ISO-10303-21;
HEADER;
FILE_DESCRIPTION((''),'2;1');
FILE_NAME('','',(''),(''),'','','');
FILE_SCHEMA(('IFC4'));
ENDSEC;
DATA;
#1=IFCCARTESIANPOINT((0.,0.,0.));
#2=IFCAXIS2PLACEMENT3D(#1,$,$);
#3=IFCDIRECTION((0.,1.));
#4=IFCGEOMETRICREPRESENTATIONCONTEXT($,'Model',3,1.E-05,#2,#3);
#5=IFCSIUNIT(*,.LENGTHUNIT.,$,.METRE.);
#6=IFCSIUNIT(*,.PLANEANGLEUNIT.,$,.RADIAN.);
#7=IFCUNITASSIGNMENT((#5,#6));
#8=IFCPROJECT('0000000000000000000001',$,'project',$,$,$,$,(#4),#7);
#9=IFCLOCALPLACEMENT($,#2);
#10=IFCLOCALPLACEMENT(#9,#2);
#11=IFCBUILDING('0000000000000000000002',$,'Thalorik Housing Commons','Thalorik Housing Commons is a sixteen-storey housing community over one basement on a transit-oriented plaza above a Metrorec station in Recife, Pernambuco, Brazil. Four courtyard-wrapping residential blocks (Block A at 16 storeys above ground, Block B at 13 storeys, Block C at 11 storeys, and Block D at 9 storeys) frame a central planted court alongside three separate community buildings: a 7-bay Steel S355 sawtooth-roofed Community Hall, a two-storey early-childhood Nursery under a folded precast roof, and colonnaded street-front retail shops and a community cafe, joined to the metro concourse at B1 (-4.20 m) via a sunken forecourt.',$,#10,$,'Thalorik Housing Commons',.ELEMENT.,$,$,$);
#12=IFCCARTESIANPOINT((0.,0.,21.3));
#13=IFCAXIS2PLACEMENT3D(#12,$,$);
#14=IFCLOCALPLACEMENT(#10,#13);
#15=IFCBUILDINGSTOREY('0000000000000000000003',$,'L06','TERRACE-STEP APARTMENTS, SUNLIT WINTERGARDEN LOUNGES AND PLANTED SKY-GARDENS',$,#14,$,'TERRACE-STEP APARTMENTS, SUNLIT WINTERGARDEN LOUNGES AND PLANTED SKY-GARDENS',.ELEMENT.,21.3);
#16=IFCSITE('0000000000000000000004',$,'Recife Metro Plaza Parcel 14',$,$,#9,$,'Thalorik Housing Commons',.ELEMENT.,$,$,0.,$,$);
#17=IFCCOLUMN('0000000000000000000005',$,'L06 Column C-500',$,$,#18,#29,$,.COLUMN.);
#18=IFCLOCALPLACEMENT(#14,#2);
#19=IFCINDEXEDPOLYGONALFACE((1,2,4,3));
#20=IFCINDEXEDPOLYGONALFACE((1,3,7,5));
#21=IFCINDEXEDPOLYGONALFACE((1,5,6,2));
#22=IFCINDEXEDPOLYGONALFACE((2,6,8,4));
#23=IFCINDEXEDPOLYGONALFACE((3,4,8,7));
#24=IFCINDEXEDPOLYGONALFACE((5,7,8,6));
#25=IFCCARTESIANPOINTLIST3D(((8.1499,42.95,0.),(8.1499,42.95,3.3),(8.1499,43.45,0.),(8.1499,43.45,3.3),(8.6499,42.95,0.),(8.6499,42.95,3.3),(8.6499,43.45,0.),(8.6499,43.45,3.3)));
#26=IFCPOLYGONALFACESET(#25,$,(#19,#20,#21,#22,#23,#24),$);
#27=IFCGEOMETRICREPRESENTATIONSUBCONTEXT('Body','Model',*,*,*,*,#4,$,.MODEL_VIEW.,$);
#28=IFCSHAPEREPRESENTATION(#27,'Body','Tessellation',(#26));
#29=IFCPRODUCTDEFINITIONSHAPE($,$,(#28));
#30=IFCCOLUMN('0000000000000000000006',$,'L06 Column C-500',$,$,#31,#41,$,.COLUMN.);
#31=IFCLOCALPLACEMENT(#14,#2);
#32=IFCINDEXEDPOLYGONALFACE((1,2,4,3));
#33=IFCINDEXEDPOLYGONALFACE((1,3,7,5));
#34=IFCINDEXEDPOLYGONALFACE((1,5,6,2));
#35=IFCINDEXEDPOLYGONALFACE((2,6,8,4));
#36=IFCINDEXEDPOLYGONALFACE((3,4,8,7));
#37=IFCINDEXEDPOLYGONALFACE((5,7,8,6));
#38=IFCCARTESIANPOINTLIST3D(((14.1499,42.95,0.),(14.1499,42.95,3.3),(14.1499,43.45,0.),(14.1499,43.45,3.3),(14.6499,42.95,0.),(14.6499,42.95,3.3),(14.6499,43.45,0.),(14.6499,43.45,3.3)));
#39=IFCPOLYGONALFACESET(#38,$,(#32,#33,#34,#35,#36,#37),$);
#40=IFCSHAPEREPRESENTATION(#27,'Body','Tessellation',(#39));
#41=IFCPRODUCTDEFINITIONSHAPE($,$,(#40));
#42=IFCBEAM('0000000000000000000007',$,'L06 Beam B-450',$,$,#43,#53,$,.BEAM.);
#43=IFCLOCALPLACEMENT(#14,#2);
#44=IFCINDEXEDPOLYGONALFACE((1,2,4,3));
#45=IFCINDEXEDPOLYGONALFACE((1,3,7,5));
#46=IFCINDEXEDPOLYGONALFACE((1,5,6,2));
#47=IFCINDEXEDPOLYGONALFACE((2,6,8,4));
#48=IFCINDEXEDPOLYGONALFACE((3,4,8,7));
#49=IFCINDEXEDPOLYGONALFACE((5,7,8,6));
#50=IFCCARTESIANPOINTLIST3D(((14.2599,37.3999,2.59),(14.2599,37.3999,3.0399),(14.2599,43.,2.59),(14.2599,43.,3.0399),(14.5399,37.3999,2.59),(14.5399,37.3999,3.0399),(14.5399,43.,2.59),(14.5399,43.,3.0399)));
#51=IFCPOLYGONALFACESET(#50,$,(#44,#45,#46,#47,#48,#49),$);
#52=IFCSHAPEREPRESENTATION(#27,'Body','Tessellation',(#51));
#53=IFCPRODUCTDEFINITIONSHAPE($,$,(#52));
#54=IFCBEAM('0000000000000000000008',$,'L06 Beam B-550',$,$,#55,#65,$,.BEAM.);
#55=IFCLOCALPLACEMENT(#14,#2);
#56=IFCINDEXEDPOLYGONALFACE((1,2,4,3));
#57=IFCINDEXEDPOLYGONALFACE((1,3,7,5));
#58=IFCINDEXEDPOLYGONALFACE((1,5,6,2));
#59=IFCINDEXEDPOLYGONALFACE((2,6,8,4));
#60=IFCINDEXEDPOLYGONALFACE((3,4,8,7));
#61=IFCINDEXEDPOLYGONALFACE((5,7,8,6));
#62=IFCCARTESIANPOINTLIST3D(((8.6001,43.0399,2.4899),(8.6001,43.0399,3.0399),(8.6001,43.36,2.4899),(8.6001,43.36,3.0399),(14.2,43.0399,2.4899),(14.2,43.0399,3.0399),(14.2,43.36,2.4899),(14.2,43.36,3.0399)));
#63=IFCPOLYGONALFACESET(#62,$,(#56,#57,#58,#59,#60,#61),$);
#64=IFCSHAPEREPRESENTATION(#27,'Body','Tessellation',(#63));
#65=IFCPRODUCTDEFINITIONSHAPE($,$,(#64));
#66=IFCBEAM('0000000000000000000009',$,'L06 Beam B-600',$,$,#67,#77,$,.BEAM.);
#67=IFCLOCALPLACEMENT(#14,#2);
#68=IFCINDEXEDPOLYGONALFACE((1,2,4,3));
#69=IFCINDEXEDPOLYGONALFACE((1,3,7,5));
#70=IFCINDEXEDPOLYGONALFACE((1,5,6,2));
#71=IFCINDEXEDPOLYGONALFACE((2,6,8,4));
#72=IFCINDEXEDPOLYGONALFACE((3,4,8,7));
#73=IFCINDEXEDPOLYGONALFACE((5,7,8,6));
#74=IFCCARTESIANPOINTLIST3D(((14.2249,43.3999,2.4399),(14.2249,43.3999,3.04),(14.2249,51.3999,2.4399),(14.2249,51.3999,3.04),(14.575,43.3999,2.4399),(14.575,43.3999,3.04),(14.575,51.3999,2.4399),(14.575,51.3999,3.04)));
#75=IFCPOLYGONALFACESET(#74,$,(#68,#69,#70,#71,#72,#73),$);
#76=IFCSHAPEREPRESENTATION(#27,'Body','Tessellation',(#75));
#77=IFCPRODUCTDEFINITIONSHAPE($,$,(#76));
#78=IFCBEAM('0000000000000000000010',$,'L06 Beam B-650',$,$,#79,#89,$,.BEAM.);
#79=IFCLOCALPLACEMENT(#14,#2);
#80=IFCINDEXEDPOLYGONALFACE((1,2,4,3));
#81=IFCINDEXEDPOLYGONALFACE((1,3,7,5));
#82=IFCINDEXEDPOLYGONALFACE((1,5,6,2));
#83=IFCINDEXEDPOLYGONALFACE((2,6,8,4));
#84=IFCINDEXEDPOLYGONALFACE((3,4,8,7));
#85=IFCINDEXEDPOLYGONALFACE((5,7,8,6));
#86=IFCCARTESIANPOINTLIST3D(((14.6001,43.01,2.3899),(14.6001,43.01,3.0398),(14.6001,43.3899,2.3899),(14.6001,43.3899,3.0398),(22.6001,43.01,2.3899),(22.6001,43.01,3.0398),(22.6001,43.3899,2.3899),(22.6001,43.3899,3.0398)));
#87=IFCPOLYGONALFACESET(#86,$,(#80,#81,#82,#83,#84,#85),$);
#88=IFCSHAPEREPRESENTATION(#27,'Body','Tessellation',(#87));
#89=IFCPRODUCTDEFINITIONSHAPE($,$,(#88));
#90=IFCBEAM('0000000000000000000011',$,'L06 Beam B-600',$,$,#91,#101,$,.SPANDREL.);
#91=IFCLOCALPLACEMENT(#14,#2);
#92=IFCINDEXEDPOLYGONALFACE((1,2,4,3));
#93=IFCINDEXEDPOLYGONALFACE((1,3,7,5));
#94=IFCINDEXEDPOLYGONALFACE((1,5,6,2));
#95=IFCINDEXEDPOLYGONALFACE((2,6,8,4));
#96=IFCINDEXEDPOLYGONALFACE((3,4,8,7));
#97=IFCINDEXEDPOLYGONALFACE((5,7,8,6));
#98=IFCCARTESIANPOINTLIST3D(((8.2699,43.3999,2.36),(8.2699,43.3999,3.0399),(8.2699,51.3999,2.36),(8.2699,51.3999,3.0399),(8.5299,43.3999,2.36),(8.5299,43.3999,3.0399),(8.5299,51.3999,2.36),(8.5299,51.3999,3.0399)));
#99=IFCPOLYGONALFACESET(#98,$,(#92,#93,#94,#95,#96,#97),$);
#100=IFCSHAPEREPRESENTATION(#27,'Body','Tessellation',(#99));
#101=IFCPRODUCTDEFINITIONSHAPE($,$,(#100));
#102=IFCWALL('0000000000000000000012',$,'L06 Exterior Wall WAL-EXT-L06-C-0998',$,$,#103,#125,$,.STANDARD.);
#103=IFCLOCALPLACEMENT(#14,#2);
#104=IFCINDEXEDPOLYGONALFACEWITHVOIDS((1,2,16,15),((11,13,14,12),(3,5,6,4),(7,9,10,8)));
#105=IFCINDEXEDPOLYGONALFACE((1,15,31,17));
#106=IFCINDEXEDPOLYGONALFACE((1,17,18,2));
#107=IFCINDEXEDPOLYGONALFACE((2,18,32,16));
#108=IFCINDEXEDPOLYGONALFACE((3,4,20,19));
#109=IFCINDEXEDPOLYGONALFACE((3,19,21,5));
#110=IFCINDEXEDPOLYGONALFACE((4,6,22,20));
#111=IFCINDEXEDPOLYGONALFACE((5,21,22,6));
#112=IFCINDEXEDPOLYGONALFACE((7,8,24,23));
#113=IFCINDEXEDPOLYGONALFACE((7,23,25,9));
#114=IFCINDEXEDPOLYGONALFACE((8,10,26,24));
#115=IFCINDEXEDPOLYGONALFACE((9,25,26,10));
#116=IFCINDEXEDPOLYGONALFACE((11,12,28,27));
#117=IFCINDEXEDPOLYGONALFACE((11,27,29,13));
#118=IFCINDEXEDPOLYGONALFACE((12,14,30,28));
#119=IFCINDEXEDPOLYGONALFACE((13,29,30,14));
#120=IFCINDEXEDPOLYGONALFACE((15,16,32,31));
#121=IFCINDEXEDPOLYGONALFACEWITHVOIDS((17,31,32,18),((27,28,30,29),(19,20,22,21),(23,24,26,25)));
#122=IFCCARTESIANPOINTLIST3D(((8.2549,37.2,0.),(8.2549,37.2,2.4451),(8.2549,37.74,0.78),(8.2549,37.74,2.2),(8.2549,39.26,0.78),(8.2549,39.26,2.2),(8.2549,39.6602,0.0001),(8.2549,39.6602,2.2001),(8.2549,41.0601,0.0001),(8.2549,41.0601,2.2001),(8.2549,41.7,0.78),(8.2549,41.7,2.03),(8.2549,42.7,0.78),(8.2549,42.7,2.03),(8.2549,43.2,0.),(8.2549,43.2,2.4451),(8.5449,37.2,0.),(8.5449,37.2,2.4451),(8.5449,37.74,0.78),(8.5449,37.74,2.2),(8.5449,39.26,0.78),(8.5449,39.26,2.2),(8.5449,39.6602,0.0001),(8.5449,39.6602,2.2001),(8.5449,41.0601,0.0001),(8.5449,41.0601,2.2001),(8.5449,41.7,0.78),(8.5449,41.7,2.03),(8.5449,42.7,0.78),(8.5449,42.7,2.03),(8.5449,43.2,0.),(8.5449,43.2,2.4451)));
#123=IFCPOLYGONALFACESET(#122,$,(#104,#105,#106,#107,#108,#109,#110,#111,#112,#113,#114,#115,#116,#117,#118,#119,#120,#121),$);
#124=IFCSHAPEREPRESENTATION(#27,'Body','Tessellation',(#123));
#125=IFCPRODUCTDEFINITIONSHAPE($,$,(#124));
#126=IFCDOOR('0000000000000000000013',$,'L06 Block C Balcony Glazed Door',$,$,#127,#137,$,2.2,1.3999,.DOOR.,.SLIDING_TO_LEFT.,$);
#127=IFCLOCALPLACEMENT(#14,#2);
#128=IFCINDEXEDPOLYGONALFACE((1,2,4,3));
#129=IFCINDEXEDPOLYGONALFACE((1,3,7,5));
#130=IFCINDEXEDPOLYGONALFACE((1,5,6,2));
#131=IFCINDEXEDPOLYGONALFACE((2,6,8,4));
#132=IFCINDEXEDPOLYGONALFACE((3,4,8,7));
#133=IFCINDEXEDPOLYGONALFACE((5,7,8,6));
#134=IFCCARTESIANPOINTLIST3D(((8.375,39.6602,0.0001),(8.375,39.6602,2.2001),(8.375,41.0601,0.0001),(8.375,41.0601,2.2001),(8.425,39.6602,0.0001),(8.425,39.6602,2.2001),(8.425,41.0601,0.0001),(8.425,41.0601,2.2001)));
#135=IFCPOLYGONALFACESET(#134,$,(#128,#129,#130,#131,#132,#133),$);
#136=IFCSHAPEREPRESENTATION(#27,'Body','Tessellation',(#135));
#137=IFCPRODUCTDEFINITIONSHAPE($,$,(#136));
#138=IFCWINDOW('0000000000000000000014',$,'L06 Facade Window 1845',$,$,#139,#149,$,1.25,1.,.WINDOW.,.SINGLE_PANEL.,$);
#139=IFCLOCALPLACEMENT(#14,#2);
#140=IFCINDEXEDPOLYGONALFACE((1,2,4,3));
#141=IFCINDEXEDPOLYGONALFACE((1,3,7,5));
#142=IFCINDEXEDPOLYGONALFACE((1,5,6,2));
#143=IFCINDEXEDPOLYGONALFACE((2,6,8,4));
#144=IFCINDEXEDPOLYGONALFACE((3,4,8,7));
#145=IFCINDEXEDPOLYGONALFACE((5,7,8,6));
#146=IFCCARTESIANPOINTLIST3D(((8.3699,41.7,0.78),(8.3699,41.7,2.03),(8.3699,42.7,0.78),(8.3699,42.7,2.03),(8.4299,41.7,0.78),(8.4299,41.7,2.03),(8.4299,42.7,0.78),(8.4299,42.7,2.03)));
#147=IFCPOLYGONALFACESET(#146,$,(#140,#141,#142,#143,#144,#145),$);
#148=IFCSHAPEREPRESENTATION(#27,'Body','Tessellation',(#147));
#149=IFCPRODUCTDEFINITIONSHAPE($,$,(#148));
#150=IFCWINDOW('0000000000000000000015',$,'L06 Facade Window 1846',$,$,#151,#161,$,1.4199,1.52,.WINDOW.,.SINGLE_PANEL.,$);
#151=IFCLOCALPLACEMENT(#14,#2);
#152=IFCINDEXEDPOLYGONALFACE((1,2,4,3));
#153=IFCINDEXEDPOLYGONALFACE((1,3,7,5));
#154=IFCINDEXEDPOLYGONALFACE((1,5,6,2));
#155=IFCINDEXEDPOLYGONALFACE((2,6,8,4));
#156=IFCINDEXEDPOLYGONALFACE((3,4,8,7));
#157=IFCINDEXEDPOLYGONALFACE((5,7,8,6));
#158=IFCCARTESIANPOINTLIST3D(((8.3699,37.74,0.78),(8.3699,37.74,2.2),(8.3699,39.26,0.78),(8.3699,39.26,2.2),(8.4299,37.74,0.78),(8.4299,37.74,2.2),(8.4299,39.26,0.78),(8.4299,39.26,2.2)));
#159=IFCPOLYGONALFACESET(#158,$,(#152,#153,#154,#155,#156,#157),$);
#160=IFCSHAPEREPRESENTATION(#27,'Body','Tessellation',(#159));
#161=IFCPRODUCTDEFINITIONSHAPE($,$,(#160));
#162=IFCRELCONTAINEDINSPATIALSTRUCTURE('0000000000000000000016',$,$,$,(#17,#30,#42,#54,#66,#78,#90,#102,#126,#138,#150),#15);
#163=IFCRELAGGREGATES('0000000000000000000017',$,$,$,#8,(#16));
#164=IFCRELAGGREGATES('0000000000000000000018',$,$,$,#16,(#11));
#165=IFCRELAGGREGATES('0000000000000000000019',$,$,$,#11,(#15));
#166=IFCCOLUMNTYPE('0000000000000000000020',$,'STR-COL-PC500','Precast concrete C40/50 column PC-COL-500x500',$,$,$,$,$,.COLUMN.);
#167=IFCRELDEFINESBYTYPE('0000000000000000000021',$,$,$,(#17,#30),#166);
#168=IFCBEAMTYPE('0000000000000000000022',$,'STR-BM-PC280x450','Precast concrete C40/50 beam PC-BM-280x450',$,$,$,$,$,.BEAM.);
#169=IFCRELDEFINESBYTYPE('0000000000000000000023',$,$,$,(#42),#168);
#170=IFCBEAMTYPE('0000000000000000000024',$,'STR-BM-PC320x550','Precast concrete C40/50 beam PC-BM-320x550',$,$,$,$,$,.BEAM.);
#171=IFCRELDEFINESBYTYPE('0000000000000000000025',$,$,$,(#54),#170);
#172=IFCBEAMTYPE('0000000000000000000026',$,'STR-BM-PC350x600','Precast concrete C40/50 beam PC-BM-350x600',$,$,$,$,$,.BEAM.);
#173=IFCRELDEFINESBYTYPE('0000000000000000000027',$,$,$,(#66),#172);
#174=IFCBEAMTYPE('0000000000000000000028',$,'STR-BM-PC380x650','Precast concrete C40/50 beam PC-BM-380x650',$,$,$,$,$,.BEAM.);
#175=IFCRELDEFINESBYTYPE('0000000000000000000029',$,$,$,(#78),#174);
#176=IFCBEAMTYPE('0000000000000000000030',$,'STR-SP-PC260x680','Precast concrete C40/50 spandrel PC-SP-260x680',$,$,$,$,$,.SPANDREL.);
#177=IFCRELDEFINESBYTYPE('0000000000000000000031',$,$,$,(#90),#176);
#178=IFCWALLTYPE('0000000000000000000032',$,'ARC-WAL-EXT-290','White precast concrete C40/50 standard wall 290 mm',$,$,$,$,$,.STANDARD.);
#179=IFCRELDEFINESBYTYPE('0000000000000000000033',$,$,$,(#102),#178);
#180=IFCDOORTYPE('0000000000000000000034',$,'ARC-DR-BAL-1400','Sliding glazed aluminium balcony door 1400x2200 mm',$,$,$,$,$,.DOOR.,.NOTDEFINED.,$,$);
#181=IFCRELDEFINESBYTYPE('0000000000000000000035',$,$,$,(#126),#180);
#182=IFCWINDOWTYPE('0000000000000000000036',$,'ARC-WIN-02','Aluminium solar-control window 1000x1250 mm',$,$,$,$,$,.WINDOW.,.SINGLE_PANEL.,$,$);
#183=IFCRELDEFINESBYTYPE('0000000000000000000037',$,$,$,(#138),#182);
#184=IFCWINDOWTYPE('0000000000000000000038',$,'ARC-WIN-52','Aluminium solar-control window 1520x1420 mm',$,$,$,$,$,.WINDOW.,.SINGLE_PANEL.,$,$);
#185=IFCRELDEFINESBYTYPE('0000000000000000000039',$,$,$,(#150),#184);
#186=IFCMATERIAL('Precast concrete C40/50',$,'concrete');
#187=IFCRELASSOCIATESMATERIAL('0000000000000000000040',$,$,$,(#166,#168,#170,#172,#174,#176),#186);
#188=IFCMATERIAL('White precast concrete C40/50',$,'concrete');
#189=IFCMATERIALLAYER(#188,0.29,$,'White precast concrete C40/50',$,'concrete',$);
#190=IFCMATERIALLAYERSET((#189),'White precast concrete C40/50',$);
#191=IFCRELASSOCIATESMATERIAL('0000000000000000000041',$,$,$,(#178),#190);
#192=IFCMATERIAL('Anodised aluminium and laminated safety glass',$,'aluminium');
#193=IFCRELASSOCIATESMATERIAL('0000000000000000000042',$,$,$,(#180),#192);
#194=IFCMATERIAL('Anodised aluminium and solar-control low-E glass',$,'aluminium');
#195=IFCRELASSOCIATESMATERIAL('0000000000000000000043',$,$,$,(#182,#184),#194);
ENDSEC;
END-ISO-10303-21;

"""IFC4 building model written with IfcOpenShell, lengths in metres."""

from ifc_helpers import new_model, si_unit, direction, frame, frame_2d, origin, origin_2d, place, context, subcontext, project, spatial, rectangle, extrude, material, layer, layer_set, material_profile, profile_set, type_object, element, fill, save


model = new_model("IFC4")

# Units and contexts
model_context = context("Model", 3, precision=1e-05, world=origin(), true_north=direction((0.0, 1.0)))
body_context = subcontext(model_context, "Body", "Model", "MODEL_VIEW")
ifc_project = project(units=[si_unit("LENGTHUNIT", "METRE"), si_unit("PLANEANGLEUNIT", "RADIAN")], contexts=[model_context])

# Site, building, storey
site_placement = place(None, origin())
site = spatial("IfcSite", under=ifc_project, at=site_placement, Name="Recife Metro Plaza Parcel 14", LongName="Thalorik Housing Commons", CompositionType="ELEMENT", RefElevation=0.0)
building_placement = place(site_placement, origin())
building = spatial("IfcBuilding", under=site, at=building_placement, Name="Thalorik Housing Commons", Description="Thalorik Housing Commons is a sixteen-storey housing community over one basement on a transit-oriented plaza above a Metrorec station in Recife, Pernambuco, Brazil. Four courtyard-wrapping residential blocks (Block A at 16 storeys above ground, Block B at 13 storeys, Block C at 11 storeys, and Block D at 9 storeys) frame a central planted court alongside three separate community buildings: a 7-bay Steel S355 sawtooth-roofed Community Hall, a two-storey early-childhood Nursery under a folded precast roof, and colonnaded street-front retail shops and a community cafe, joined to the metro concourse at B1 (-4.20 m) via a sunken forecourt.", LongName="Thalorik Housing Commons", CompositionType="ELEMENT")
storey_placement = place(building_placement, frame((0.0, 0.0, 21.3)))
storey = spatial("IfcBuildingStorey", under=building, at=storey_placement, Name="L06", Description="TERRACE-STEP APARTMENTS, SUNLIT WINTERGARDEN LOUNGES AND PLANTED SKY-GARDENS", LongName="TERRACE-STEP APARTMENTS, SUNLIT WINTERGARDEN LOUNGES AND PLANTED SKY-GARDENS", CompositionType="ELEMENT", Elevation=21.3)

# Columns
ifc_material_1 = material(Name="Precast concrete C40/50", Category="concrete")
ifc_material_profile_1 = material_profile(ifc_material_1, rectangle(XDim=0.5, YDim=0.5, at=origin_2d()), Name="PC 500x500", Category="concrete")
ifc_profile_set_1 = profile_set([ifc_material_profile_1], Name="Precast concrete C40/50")
column_type = type_object("IfcColumnType", Name="STR-COL-PC500", Description="Precast concrete C40/50 column PC-COL-500x500", PredefinedType="COLUMN", material=ifc_profile_set_1)
for number, where, z_axis, x_axis, name in (
    (1, (8.3999, 43.2, 0.0), (0.0, 0.0, 1.0), (1.0, 0.0, 0.0), "L06 Column C-500"),
    (2, (14.3999, 43.2, 0.0), (0.0, 0.0, 1.0), (1.0, 0.0, 0.0), "L06 Column C-500"),
):
    element("IfcColumn", number, at=place(storey_placement, frame(where, z_axis=z_axis, x_axis=x_axis)), inside=storey, type_object=column_type, Name=name, PredefinedType="COLUMN", context=body_context, shape_type="SweptSolid", body=[
        extrude(rectangle(XDim=0.5, YDim=0.5, at=origin_2d()), origin(), (0.0, 0.0, 1.0), 3.3),
    ])

# Beams
ifc_material_profile_2 = material_profile(ifc_material_1, rectangle(XDim=0.28, YDim=0.45, at=origin_2d()), Name="PC 280x450", Category="concrete")
ifc_profile_set_2 = profile_set([ifc_material_profile_2], Name="Precast concrete C40/50")
beam_type_1 = type_object("IfcBeamType", Name="STR-BM-PC280x450", Description="Precast concrete C40/50 beam PC-BM-280x450", PredefinedType="BEAM", material=ifc_profile_set_2)
beam_1_placement = place(storey_placement, frame((14.3999, 37.3999, 2.8149), z_axis=(0.0, 1.0, 0.0), x_axis=(-1.0, 0.0, 0.0)))
element("IfcBeam", 3, at=beam_1_placement, inside=storey, type_object=beam_type_1, Name="L06 Beam B-450", PredefinedType="BEAM", context=body_context, shape_type="SweptSolid", body=[
    extrude(rectangle(XDim=0.28, YDim=0.45, at=origin_2d()), origin(), (0.0, 0.0, 1.0), 5.6001),
])
ifc_material_profile_3 = material_profile(ifc_material_1, rectangle(XDim=0.3201, YDim=0.55, at=origin_2d()), Name="PC 320x550", Category="concrete")
ifc_profile_set_3 = profile_set([ifc_material_profile_3], Name="Precast concrete C40/50")
beam_type_2 = type_object("IfcBeamType", Name="STR-BM-PC320x550", Description="Precast concrete C40/50 beam PC-BM-320x550", PredefinedType="BEAM", material=ifc_profile_set_3)
beam_2_placement = place(storey_placement, frame((8.6001, 43.2, 2.7649), z_axis=(1.0, 0.0, 0.0), x_axis=(0.0, 1.0, 0.0)))
element("IfcBeam", 4, at=beam_2_placement, inside=storey, type_object=beam_type_2, Name="L06 Beam B-550", PredefinedType="BEAM", context=body_context, shape_type="SweptSolid", body=[
    extrude(rectangle(XDim=0.3201, YDim=0.55, at=origin_2d()), origin(), (0.0, 0.0, 1.0), 5.5999),
])
ifc_material_profile_4 = material_profile(ifc_material_1, rectangle(XDim=0.3501, YDim=0.6001, at=origin_2d()), Name="PC 350x600", Category="concrete")
ifc_profile_set_4 = profile_set([ifc_material_profile_4], Name="Precast concrete C40/50")
beam_type_3 = type_object("IfcBeamType", Name="STR-BM-PC350x600", Description="Precast concrete C40/50 beam PC-BM-350x600", PredefinedType="BEAM", material=ifc_profile_set_4)
beam_3_placement = place(storey_placement, frame((14.3999, 43.3999, 2.74), z_axis=(0.0, 1.0, 0.0), x_axis=(-1.0, 0.0, 0.0)))
element("IfcBeam", 5, at=beam_3_placement, inside=storey, type_object=beam_type_3, Name="L06 Beam B-600", PredefinedType="BEAM", context=body_context, shape_type="SweptSolid", body=[
    extrude(rectangle(XDim=0.3501, YDim=0.6001, at=origin_2d()), origin(), (0.0, 0.0, 1.0), 8.0),
])
ifc_material_profile_5 = material_profile(ifc_material_1, rectangle(XDim=0.3799, YDim=0.6499, at=origin_2d()), Name="PC 380x650", Category="concrete")
ifc_profile_set_5 = profile_set([ifc_material_profile_5], Name="Precast concrete C40/50")
beam_type_4 = type_object("IfcBeamType", Name="STR-BM-PC380x650", Description="Precast concrete C40/50 beam PC-BM-380x650", PredefinedType="BEAM", material=ifc_profile_set_5)
beam_4_placement = place(storey_placement, frame((14.6001, 43.2, 2.7148), z_axis=(1.0, 0.0, 0.0), x_axis=(0.0, 1.0, 0.0)))
element("IfcBeam", 6, at=beam_4_placement, inside=storey, type_object=beam_type_4, Name="L06 Beam B-650", PredefinedType="BEAM", context=body_context, shape_type="SweptSolid", body=[
    extrude(rectangle(XDim=0.3799, YDim=0.6499, at=origin_2d()), origin(), (0.0, 0.0, 1.0), 8.0),
])
ifc_material_profile_6 = material_profile(ifc_material_1, rectangle(XDim=0.26, YDim=0.6799, at=origin_2d()), Name="PC SP 260x680", Category="concrete")
ifc_profile_set_6 = profile_set([ifc_material_profile_6], Name="Precast concrete C40/50")
beam_type_5 = type_object("IfcBeamType", Name="STR-SP-PC260x680", Description="Precast concrete C40/50 spandrel PC-SP-260x680", PredefinedType="SPANDREL", material=ifc_profile_set_6)
beam_5_placement = place(storey_placement, frame((8.3999, 43.3999, 2.7), z_axis=(0.0, 1.0, 0.0), x_axis=(-1.0, 0.0, 0.0)))
element("IfcBeam", 7, at=beam_5_placement, inside=storey, type_object=beam_type_5, Name="L06 Beam B-600", PredefinedType="SPANDREL", context=body_context, shape_type="SweptSolid", body=[
    extrude(rectangle(XDim=0.26, YDim=0.6799, at=origin_2d()), origin(), (0.0, 0.0, 1.0), 8.0),
])

# Wall, openings, door, windows
ifc_material_2 = material(Name="White precast concrete C40/50", Category="concrete")
ifc_layer_1 = layer(ifc_material_2, 0.29, Name="White precast concrete C40/50", Category="concrete")
ifc_layer_set_1 = layer_set([ifc_layer_1], Name="White precast concrete C40/50")
wall_type_1 = type_object("IfcWallType", Name="ARC-WAL-EXT-290", Description="White precast concrete C40/50 standard wall 290 mm", PredefinedType="STANDARD", material=ifc_layer_set_1)
wall_1_placement = place(storey_placement, frame((8.3999, 43.2, 0.0), z_axis=(0.0, 0.0, 1.0), x_axis=(0.0, -1.0, 0.0)))
wall_1 = element("IfcWall", 8, at=wall_1_placement, inside=storey, type_object=wall_type_1, Name="L06 Exterior Wall WAL-EXT-L06-C-0998", PredefinedType="STANDARD", context=body_context, shape_type="SweptSolid", body=[
    extrude(rectangle(XDim=6.0, YDim=0.29, at=frame_2d((3.0, 0.0))), origin(), (0.0, 0.0, 1.0), 2.4451),
])
opening_1_placement = place(wall_1_placement, frame((2.1399, 0.0, 0.0)))
opening_1 = element("IfcOpeningElement", 9, at=opening_1_placement, cuts=wall_1, PredefinedType="OPENING", context=body_context, shape_type="SweptSolid", body=[
    extrude(rectangle(XDim=1.3999, YDim=2.2, at=frame_2d((0.7, 1.1001))), frame((0.0, 0.155, 0.0), z_axis=(0.0, -1.0, 0.0), x_axis=(1.0, 0.0, 0.0)), (0.0, 0.0, 1.0), 0.3101),
])
opening_2_placement = place(wall_1_placement, frame((0.5, 0.0, 0.78)))
opening_2 = element("IfcOpeningElement", 10, at=opening_2_placement, cuts=wall_1, PredefinedType="OPENING", context=body_context, shape_type="SweptSolid", body=[
    extrude(rectangle(XDim=1.0, YDim=1.25, at=frame_2d((0.5, 0.625))), frame((0.0, 0.155, 0.0), z_axis=(0.0, -1.0, 0.0), x_axis=(1.0, 0.0, 0.0)), (0.0, 0.0, 1.0), 0.3101),
])
opening_3_placement = place(wall_1_placement, frame((3.9399, 0.0, 0.78)))
opening_3 = element("IfcOpeningElement", 11, at=opening_3_placement, cuts=wall_1, PredefinedType="OPENING", context=body_context, shape_type="SweptSolid", body=[
    extrude(rectangle(XDim=1.52, YDim=1.4199, at=frame_2d((0.76, 0.71))), frame((0.0, 0.155, 0.0), z_axis=(0.0, -1.0, 0.0), x_axis=(1.0, 0.0, 0.0)), (0.0, 0.0, 1.0), 0.3101),
])
ifc_material_3 = material(Name="Anodised aluminium and laminated safety glass", Category="aluminium")
door_type = type_object("IfcDoorType", Name="ARC-DR-BAL-1400", Description="Sliding glazed aluminium balcony door 1400x2200 mm", OperationType="NOTDEFINED", PredefinedType="DOOR", material=ifc_material_3)
door_placement = place(opening_1_placement, frame((1.3999, 0.0, 0.0), z_axis=(0.0, 0.0, 1.0), x_axis=(-1.0, 0.0, 0.0)))
door = element("IfcDoor", 12, at=door_placement, inside=storey, type_object=door_type, Name="L06 Block C Balcony Glazed Door", OperationType="SLIDING_TO_LEFT", OverallHeight=2.2, OverallWidth=1.3999, PredefinedType="DOOR", context=body_context, shape_type="SweptSolid", body=[
    extrude(rectangle(XDim=1.3999, YDim=2.2, at=frame_2d((0.7, 1.1001))), frame((0.0, 0.0249, 0.0), z_axis=(0.0, -1.0, 0.0), x_axis=(1.0, 0.0, 0.0)), (0.0, 0.0, 1.0), 0.05),
])
fill(opening_1, door)
ifc_material_4 = material(Name="Anodised aluminium and solar-control low-E glass", Category="aluminium")
window_type_1 = type_object("IfcWindowType", Name="ARC-WIN-02", Description="Aluminium solar-control window 1000x1250 mm", PartitioningType="SINGLE_PANEL", PredefinedType="WINDOW", material=ifc_material_4)
window_1_placement = place(opening_2_placement, origin())
window_1 = element("IfcWindow", 13, at=window_1_placement, inside=storey, type_object=window_type_1, Name="L06 Facade Window 1845", OverallHeight=1.25, OverallWidth=1.0, PartitioningType="SINGLE_PANEL", PredefinedType="WINDOW", context=body_context, shape_type="SweptSolid", body=[
    extrude(rectangle(XDim=1.0, YDim=1.25, at=frame_2d((0.5, 0.625))), frame((0.0, 0.03, 0.0), z_axis=(0.0, -1.0, 0.0), x_axis=(1.0, 0.0, 0.0)), (0.0, 0.0, 1.0), 0.0601),
])
fill(opening_2, window_1)
window_type_2 = type_object("IfcWindowType", Name="ARC-WIN-52", Description="Aluminium solar-control window 1520x1420 mm", PartitioningType="SINGLE_PANEL", PredefinedType="WINDOW", material=ifc_material_4)
window_2_placement = place(opening_3_placement, origin())
window_2 = element("IfcWindow", 14, at=window_2_placement, inside=storey, type_object=window_type_2, Name="L06 Facade Window 1846", OverallHeight=1.4199, OverallWidth=1.52, PartitioningType="SINGLE_PANEL", PredefinedType="WINDOW", context=body_context, shape_type="SweptSolid", body=[
    extrude(rectangle(XDim=1.52, YDim=1.4199, at=frame_2d((0.76, 0.71))), frame((0.0, 0.03, 0.0), z_axis=(0.0, -1.0, 0.0), x_axis=(1.0, 0.0, 0.0)), (0.0, 0.0, 1.0), 0.0601),
])
fill(opening_3, window_2)

save(model, "model.ifc")
